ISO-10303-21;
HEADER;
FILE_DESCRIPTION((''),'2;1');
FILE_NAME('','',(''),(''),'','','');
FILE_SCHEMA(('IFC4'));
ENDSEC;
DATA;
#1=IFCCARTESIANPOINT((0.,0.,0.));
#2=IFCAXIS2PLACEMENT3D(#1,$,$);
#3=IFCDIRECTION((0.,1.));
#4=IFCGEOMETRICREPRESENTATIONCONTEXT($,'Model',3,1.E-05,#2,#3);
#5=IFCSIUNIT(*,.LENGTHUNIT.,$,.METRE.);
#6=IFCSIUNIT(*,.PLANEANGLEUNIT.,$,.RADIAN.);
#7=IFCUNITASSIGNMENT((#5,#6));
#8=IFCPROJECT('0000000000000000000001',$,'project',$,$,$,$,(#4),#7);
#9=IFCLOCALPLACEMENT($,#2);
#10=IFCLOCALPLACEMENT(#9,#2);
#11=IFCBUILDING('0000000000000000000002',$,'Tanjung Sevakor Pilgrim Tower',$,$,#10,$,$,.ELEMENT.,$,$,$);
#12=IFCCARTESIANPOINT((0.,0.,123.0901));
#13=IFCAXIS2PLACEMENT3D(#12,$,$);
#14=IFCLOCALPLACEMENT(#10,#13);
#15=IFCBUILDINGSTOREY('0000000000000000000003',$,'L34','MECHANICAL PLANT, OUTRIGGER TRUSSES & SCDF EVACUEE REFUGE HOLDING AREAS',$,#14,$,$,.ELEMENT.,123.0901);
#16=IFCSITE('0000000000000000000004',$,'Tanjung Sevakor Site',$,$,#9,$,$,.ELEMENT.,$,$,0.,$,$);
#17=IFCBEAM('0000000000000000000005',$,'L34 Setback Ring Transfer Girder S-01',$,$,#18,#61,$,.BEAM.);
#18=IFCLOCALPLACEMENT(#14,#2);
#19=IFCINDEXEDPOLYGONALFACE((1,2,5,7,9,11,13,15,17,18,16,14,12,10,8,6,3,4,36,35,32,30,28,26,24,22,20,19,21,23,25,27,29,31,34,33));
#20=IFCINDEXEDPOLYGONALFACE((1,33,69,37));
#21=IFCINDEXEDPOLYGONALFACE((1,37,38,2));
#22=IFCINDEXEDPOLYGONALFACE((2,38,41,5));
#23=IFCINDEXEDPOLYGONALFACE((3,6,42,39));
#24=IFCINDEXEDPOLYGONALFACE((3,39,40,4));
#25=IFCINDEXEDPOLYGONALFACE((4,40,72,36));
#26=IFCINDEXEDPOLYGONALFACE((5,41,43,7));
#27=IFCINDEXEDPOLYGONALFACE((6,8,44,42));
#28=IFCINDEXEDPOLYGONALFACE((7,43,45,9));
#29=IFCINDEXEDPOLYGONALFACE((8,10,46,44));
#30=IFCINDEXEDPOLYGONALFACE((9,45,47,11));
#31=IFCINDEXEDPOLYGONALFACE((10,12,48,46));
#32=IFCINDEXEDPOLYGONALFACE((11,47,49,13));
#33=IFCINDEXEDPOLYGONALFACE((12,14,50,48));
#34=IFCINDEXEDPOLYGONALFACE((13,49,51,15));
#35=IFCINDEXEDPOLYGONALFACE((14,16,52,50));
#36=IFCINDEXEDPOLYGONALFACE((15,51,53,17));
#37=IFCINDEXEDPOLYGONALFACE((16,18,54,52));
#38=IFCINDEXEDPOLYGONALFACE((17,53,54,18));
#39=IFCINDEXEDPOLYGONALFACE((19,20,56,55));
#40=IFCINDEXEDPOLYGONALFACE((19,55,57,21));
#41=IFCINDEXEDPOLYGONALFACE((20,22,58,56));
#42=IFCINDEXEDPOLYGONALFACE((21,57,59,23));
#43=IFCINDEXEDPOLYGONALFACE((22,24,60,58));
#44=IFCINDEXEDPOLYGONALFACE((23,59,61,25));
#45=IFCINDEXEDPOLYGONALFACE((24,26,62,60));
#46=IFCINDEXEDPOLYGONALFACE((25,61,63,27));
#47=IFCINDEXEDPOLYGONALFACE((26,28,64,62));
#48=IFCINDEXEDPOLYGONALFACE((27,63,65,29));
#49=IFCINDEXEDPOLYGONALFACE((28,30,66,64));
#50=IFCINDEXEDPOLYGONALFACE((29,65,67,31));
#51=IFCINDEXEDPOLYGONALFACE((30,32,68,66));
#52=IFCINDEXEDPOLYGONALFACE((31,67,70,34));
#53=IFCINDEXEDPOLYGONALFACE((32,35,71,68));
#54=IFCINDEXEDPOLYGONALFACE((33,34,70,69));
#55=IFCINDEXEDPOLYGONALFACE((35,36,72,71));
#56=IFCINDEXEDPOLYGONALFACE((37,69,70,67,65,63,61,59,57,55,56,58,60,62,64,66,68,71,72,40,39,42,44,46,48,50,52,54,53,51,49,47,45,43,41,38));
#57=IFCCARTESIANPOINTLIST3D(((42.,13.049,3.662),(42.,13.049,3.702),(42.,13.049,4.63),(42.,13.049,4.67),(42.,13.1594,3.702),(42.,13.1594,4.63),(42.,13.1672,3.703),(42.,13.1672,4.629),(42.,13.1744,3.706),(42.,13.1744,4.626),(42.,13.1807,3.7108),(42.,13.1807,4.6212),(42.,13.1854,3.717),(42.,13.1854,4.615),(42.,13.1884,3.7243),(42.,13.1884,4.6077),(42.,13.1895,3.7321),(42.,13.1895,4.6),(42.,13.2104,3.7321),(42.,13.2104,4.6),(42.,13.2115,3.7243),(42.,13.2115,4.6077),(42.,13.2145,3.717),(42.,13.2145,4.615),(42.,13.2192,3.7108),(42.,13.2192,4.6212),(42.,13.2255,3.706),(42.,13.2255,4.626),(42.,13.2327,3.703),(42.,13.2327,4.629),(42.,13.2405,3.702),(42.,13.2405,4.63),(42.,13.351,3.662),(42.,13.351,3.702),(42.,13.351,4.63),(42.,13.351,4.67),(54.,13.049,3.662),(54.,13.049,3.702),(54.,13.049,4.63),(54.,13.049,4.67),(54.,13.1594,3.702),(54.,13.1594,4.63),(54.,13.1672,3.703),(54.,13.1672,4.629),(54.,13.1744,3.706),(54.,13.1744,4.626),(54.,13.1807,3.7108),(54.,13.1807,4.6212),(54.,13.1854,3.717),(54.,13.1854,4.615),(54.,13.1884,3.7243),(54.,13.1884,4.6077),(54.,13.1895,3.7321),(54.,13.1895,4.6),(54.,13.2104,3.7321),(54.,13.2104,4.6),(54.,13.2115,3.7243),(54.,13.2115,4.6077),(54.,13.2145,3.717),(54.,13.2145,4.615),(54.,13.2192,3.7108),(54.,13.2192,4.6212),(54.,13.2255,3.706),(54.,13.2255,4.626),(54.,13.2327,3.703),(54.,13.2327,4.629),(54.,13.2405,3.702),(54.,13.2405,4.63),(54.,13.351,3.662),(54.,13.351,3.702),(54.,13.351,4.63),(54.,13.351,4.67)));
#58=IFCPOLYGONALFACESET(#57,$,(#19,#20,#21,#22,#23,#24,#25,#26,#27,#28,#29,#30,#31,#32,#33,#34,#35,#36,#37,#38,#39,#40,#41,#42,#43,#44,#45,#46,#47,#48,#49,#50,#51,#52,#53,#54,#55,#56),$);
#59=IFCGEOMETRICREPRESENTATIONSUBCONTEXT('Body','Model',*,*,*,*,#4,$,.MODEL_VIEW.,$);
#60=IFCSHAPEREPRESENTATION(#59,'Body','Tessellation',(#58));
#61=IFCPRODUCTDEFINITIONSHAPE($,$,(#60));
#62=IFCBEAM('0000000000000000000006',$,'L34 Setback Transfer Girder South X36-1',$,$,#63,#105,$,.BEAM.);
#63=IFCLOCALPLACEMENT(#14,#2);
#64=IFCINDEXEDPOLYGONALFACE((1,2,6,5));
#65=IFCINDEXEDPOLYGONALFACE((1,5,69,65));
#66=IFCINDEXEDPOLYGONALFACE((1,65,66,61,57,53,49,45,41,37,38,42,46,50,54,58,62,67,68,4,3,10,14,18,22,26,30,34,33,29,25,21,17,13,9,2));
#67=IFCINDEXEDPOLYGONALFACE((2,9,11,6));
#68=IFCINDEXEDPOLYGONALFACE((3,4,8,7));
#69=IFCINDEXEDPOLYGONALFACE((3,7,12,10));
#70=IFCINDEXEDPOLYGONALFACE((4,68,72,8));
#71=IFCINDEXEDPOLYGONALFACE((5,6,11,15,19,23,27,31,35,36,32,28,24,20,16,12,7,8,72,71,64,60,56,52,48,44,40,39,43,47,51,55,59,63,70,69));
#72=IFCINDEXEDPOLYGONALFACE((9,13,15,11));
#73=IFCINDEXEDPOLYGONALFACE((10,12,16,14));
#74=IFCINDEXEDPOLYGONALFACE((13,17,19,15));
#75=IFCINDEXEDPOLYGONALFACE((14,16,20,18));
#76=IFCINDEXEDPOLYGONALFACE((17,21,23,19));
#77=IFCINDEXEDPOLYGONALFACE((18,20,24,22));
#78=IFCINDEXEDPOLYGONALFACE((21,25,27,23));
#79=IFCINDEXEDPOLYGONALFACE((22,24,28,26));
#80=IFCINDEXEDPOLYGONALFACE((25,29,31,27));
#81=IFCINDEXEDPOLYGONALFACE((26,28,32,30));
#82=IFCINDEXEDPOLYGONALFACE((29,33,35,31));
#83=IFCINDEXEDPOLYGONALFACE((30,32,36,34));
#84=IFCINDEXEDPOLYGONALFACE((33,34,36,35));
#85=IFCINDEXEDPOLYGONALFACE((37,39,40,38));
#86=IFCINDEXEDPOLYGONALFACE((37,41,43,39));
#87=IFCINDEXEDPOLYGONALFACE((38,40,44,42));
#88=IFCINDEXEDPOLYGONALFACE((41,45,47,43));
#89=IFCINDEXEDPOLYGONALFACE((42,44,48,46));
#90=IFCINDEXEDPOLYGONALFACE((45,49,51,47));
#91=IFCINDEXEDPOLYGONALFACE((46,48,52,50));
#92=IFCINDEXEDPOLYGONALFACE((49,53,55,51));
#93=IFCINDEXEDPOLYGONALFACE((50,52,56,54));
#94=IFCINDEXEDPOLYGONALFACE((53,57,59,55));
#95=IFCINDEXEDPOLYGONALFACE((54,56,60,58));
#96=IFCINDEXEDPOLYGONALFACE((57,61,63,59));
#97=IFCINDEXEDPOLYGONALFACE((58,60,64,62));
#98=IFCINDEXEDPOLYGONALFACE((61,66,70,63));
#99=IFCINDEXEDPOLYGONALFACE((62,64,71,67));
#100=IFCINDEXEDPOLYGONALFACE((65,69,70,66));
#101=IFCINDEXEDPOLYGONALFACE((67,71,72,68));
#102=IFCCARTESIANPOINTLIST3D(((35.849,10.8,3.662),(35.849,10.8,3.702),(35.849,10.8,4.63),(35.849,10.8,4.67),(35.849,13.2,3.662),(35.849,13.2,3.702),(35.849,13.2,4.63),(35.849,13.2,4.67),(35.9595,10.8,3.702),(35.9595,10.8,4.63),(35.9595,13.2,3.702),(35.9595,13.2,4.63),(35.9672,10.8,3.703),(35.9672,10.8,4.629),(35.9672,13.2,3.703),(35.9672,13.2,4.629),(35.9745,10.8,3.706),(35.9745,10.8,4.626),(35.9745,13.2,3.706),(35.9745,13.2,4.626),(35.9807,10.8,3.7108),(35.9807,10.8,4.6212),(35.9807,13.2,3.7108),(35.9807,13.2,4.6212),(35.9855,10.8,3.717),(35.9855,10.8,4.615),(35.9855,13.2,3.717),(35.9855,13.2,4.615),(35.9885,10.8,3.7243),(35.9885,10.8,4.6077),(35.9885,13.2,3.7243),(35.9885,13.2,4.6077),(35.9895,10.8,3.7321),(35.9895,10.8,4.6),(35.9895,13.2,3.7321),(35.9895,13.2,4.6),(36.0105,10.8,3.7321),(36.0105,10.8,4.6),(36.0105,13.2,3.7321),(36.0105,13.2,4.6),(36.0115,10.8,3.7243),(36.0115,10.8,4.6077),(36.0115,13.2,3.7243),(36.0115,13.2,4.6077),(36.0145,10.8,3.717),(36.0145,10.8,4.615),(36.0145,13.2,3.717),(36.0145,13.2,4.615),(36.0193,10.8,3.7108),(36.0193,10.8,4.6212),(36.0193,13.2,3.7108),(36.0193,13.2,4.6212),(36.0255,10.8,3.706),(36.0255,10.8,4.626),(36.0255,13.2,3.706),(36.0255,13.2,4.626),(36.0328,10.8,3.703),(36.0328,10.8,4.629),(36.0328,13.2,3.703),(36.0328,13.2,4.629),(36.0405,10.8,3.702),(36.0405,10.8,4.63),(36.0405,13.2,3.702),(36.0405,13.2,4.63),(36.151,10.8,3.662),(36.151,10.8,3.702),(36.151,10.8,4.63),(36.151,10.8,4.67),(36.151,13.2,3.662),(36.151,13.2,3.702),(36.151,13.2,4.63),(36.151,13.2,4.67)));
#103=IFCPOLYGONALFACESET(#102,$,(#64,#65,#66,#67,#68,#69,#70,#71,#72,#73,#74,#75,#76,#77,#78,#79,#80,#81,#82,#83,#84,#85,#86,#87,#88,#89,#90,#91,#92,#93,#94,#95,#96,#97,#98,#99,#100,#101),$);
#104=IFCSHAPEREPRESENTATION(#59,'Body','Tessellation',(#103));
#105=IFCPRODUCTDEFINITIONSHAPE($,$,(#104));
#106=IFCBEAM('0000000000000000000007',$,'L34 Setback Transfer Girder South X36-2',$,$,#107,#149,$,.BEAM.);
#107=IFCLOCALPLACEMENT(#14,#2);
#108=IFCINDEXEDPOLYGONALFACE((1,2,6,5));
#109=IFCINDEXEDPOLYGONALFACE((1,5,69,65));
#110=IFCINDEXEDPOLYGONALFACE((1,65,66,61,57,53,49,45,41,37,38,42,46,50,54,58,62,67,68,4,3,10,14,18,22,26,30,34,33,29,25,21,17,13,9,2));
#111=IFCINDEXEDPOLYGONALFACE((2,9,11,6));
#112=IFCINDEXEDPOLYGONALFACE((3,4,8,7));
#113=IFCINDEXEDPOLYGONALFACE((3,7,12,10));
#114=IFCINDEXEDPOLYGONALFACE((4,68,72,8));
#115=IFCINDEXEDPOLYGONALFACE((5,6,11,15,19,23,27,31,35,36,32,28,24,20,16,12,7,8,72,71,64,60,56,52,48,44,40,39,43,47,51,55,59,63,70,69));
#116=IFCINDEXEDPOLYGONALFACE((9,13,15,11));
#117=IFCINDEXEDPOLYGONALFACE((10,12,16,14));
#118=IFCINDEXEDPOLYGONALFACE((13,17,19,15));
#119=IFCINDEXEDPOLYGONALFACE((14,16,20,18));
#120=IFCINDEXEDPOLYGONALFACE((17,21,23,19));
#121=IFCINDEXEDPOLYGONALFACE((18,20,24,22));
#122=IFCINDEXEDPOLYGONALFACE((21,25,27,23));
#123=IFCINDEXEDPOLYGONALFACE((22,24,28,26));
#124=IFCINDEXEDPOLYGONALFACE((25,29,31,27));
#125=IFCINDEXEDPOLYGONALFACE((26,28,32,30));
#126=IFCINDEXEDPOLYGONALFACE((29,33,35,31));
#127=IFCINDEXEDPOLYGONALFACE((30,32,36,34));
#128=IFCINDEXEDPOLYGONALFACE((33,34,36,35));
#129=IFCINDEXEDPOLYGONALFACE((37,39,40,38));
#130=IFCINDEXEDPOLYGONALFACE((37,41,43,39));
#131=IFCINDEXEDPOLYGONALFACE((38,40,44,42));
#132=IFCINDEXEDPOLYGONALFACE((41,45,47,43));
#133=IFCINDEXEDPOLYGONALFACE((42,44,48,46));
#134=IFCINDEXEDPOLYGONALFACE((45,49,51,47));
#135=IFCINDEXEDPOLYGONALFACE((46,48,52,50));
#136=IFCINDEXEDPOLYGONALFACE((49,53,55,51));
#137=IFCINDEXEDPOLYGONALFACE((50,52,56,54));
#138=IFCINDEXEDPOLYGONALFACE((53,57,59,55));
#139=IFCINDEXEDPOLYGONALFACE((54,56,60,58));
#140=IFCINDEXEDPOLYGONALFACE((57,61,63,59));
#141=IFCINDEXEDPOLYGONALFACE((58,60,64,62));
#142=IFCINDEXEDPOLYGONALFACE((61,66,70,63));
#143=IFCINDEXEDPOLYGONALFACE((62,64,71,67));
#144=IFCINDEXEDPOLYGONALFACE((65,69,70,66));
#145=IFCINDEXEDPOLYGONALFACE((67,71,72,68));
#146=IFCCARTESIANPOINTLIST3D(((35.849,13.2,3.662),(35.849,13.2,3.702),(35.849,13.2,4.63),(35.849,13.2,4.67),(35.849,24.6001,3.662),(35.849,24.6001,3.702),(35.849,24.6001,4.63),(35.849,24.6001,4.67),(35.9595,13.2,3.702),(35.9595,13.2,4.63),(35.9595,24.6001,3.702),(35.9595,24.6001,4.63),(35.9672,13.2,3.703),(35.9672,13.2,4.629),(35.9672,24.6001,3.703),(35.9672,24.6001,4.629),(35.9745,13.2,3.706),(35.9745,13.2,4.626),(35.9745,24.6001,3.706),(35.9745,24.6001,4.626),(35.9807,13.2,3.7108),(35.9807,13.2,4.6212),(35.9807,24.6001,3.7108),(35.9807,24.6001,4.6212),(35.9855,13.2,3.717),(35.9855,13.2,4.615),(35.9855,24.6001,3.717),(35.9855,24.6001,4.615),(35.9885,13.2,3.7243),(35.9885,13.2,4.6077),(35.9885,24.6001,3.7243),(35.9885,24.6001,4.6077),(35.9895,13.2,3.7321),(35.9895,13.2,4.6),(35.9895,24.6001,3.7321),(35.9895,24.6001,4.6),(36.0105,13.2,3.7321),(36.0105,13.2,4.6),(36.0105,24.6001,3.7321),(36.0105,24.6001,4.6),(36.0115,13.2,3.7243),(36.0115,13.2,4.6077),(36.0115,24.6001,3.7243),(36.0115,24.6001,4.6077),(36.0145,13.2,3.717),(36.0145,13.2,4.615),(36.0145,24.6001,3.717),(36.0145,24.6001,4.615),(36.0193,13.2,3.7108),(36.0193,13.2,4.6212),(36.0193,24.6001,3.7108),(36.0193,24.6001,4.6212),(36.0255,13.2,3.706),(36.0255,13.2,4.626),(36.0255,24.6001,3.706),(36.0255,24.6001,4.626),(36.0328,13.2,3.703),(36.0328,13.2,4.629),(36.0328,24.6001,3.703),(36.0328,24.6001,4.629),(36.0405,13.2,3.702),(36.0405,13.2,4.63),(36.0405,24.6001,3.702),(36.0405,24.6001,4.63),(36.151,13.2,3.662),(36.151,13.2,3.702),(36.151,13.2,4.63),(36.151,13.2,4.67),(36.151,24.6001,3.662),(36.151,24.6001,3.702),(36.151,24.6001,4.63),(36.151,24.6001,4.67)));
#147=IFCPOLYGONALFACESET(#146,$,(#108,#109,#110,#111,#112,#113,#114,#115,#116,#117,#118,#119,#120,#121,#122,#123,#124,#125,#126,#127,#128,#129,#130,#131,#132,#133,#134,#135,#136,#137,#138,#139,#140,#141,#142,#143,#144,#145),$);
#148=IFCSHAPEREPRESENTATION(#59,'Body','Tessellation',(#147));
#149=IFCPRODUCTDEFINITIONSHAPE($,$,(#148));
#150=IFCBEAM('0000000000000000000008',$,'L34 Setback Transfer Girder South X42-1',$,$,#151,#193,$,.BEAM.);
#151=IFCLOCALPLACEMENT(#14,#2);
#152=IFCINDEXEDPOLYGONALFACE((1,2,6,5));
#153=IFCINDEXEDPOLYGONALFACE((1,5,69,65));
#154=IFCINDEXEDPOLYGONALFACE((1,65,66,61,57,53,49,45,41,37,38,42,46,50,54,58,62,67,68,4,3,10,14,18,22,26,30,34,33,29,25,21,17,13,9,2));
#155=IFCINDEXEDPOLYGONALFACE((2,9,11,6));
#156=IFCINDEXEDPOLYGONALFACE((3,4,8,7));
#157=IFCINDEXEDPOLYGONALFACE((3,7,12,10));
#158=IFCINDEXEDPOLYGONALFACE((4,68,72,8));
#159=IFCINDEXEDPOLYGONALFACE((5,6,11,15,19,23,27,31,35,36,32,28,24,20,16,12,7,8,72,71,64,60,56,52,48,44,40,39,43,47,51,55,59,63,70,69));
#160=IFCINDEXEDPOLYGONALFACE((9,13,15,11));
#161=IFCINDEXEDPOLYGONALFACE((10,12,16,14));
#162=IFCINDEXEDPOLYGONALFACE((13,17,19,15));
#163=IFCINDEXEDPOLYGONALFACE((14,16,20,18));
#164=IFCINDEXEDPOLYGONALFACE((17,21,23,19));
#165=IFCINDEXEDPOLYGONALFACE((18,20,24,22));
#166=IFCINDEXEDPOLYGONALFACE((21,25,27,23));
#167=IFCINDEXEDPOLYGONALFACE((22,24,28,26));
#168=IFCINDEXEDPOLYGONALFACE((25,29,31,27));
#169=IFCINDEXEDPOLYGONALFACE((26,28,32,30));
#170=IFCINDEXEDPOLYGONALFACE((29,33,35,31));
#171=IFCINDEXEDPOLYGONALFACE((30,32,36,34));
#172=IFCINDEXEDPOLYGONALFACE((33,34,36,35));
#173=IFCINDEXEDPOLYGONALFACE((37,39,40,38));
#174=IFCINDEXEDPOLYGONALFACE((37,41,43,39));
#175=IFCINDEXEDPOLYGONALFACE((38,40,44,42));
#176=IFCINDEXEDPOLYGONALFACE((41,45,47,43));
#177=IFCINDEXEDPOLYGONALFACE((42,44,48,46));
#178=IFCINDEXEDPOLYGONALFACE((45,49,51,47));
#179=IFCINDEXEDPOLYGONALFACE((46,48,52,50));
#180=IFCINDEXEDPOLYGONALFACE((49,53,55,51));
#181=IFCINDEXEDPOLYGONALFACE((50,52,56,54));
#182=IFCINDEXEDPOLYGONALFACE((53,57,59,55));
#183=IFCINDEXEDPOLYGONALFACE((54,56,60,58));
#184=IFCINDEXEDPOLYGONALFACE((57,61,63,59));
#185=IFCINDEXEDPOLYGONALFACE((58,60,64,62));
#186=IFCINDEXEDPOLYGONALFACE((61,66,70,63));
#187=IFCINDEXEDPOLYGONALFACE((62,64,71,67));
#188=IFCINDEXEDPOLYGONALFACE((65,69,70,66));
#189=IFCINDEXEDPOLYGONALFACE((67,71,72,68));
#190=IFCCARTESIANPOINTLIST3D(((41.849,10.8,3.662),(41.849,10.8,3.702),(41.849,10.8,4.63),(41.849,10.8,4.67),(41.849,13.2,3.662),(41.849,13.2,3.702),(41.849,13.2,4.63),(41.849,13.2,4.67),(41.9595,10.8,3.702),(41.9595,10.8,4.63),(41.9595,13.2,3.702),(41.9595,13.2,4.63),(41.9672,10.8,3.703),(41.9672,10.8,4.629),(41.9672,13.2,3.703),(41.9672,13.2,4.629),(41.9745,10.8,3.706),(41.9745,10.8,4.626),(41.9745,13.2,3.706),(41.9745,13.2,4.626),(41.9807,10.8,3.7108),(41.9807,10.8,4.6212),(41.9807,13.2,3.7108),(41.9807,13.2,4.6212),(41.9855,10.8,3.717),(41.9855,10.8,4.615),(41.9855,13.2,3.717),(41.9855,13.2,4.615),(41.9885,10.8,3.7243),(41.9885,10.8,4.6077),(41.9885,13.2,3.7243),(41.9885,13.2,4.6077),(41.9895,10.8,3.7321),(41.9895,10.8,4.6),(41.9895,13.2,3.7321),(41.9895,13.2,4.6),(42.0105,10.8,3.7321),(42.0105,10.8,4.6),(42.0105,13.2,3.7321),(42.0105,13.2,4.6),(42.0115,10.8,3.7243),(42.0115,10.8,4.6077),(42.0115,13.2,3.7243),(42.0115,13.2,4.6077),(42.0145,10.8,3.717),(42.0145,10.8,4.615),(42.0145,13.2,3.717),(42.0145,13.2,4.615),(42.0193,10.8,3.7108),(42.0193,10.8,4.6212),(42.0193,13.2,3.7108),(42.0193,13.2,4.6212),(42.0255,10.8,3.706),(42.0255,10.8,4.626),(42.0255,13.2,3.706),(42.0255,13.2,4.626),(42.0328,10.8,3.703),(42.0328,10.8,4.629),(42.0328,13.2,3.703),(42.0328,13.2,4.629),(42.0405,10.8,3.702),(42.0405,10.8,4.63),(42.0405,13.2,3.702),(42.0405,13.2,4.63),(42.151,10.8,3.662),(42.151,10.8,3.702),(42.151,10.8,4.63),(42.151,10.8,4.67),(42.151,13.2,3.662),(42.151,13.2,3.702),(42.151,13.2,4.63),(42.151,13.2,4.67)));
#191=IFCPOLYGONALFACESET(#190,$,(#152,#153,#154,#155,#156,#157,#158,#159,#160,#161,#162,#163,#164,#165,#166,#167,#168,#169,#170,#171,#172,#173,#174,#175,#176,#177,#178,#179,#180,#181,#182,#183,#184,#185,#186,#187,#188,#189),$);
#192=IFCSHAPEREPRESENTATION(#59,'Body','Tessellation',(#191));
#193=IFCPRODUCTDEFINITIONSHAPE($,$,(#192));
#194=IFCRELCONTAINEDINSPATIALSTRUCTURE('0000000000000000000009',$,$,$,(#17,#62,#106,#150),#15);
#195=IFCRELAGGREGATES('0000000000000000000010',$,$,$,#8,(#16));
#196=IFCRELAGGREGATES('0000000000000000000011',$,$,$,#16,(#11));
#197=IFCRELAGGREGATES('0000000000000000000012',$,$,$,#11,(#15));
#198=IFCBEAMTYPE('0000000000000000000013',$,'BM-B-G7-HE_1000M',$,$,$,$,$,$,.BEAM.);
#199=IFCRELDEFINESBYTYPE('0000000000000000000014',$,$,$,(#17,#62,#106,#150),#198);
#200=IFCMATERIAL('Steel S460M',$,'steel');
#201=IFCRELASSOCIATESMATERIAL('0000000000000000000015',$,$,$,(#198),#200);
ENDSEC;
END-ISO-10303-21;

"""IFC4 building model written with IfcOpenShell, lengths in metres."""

from ifc_helpers import new_model, si_unit, direction, frame, origin, origin_2d, place, context, subcontext, project, spatial, i_section, extrude, material, material_profile, profile_set, type_object, element, save


model = new_model("IFC4")

# Units and contexts
model_context = context("Model", 3, precision=1e-05, world=origin(), true_north=direction((0.0, 1.0)))
body_context = subcontext(model_context, "Body", "Model", "MODEL_VIEW")
ifc_project = project(units=[si_unit("LENGTHUNIT", "METRE"), si_unit("PLANEANGLEUNIT", "RADIAN")], contexts=[model_context])

# Site, building, storey
site_placement = place(None, origin())
site = spatial("IfcSite", under=ifc_project, at=site_placement, Name="Tanjung Sevakor Site", CompositionType="ELEMENT", RefElevation=0.0)
building_placement = place(site_placement, origin())
building = spatial("IfcBuilding", under=site, at=building_placement, Name="Tanjung Sevakor Pilgrim Tower", CompositionType="ELEMENT")
storey_placement = place(building_placement, frame((0.0, 0.0, 123.0901)))
storey = spatial("IfcBuildingStorey", under=building, at=storey_placement, Name="L34", Description="MECHANICAL PLANT, OUTRIGGER TRUSSES & SCDF EVACUEE REFUGE HOLDING AREAS", CompositionType="ELEMENT", Elevation=123.0901)

# Beams
ifc_material_1 = material(Name="Steel S460M", Category="steel")
ifc_material_profile_1 = material_profile(ifc_material_1, i_section(OverallWidth=0.302, OverallDepth=1.0081, WebThickness=0.021, FlangeThickness=0.04, FilletRadius=0.03, at=origin_2d()))
ifc_profile_set_1 = profile_set([ifc_material_profile_1], Name="Steel S460M")
beam_type_1 = type_object("IfcBeamType", Name="BM-B-G7-HE_1000M", PredefinedType="BEAM", material=ifc_profile_set_1)
beam_1_placement = place(storey_placement, frame((42.0, 13.2, 4.166), z_axis=(1.0, 0.0, 0.0), x_axis=(0.0, 1.0, 0.0)))
element("IfcBeam", 1, at=beam_1_placement, inside=storey, type_object=beam_type_1, Name="L34 Setback Ring Transfer Girder S-01", PredefinedType="BEAM", context=body_context, shape_type="SweptSolid", body=[
    extrude(i_section(OverallWidth=0.302, OverallDepth=1.0081, WebThickness=0.021, FlangeThickness=0.04, FilletRadius=0.03, at=origin_2d()), origin(), (0.0, 0.0, 1.0), 12.0),
])
beam_2_placement = place(storey_placement, frame((36.0, 10.8, 4.166), z_axis=(0.0, 1.0, 0.0), x_axis=(-1.0, 0.0, 0.0)))
element("IfcBeam", 2, at=beam_2_placement, inside=storey, type_object=beam_type_1, Name="L34 Setback Transfer Girder South X36-1", PredefinedType="BEAM", context=body_context, shape_type="SweptSolid", body=[
    extrude(i_section(OverallWidth=0.302, OverallDepth=1.0081, WebThickness=0.021, FlangeThickness=0.04, FilletRadius=0.03, at=origin_2d()), origin(), (0.0, 0.0, 1.0), 2.3999),
])
beam_3_placement = place(storey_placement, frame((36.0, 13.2, 4.166), z_axis=(0.0, 1.0, 0.0), x_axis=(-1.0, 0.0, 0.0)))
element("IfcBeam", 3, at=beam_3_placement, inside=storey, type_object=beam_type_1, Name="L34 Setback Transfer Girder South X36-2", PredefinedType="BEAM", context=body_context, shape_type="SweptSolid", body=[
    extrude(i_section(OverallWidth=0.302, OverallDepth=1.0081, WebThickness=0.021, FlangeThickness=0.04, FilletRadius=0.03, at=origin_2d()), origin(), (0.0, 0.0, 1.0), 11.4001),
])
beam_4_placement = place(storey_placement, frame((42.0, 10.8, 4.166), z_axis=(0.0, 1.0, 0.0), x_axis=(-1.0, 0.0, 0.0)))
element("IfcBeam", 4, at=beam_4_placement, inside=storey, type_object=beam_type_1, Name="L34 Setback Transfer Girder South X42-1", PredefinedType="BEAM", context=body_context, shape_type="SweptSolid", body=[
    extrude(i_section(OverallWidth=0.302, OverallDepth=1.0081, WebThickness=0.021, FlangeThickness=0.04, FilletRadius=0.03, at=origin_2d()), origin(), (0.0, 0.0, 1.0), 2.3999),
])

save(model, "model.ifc")
